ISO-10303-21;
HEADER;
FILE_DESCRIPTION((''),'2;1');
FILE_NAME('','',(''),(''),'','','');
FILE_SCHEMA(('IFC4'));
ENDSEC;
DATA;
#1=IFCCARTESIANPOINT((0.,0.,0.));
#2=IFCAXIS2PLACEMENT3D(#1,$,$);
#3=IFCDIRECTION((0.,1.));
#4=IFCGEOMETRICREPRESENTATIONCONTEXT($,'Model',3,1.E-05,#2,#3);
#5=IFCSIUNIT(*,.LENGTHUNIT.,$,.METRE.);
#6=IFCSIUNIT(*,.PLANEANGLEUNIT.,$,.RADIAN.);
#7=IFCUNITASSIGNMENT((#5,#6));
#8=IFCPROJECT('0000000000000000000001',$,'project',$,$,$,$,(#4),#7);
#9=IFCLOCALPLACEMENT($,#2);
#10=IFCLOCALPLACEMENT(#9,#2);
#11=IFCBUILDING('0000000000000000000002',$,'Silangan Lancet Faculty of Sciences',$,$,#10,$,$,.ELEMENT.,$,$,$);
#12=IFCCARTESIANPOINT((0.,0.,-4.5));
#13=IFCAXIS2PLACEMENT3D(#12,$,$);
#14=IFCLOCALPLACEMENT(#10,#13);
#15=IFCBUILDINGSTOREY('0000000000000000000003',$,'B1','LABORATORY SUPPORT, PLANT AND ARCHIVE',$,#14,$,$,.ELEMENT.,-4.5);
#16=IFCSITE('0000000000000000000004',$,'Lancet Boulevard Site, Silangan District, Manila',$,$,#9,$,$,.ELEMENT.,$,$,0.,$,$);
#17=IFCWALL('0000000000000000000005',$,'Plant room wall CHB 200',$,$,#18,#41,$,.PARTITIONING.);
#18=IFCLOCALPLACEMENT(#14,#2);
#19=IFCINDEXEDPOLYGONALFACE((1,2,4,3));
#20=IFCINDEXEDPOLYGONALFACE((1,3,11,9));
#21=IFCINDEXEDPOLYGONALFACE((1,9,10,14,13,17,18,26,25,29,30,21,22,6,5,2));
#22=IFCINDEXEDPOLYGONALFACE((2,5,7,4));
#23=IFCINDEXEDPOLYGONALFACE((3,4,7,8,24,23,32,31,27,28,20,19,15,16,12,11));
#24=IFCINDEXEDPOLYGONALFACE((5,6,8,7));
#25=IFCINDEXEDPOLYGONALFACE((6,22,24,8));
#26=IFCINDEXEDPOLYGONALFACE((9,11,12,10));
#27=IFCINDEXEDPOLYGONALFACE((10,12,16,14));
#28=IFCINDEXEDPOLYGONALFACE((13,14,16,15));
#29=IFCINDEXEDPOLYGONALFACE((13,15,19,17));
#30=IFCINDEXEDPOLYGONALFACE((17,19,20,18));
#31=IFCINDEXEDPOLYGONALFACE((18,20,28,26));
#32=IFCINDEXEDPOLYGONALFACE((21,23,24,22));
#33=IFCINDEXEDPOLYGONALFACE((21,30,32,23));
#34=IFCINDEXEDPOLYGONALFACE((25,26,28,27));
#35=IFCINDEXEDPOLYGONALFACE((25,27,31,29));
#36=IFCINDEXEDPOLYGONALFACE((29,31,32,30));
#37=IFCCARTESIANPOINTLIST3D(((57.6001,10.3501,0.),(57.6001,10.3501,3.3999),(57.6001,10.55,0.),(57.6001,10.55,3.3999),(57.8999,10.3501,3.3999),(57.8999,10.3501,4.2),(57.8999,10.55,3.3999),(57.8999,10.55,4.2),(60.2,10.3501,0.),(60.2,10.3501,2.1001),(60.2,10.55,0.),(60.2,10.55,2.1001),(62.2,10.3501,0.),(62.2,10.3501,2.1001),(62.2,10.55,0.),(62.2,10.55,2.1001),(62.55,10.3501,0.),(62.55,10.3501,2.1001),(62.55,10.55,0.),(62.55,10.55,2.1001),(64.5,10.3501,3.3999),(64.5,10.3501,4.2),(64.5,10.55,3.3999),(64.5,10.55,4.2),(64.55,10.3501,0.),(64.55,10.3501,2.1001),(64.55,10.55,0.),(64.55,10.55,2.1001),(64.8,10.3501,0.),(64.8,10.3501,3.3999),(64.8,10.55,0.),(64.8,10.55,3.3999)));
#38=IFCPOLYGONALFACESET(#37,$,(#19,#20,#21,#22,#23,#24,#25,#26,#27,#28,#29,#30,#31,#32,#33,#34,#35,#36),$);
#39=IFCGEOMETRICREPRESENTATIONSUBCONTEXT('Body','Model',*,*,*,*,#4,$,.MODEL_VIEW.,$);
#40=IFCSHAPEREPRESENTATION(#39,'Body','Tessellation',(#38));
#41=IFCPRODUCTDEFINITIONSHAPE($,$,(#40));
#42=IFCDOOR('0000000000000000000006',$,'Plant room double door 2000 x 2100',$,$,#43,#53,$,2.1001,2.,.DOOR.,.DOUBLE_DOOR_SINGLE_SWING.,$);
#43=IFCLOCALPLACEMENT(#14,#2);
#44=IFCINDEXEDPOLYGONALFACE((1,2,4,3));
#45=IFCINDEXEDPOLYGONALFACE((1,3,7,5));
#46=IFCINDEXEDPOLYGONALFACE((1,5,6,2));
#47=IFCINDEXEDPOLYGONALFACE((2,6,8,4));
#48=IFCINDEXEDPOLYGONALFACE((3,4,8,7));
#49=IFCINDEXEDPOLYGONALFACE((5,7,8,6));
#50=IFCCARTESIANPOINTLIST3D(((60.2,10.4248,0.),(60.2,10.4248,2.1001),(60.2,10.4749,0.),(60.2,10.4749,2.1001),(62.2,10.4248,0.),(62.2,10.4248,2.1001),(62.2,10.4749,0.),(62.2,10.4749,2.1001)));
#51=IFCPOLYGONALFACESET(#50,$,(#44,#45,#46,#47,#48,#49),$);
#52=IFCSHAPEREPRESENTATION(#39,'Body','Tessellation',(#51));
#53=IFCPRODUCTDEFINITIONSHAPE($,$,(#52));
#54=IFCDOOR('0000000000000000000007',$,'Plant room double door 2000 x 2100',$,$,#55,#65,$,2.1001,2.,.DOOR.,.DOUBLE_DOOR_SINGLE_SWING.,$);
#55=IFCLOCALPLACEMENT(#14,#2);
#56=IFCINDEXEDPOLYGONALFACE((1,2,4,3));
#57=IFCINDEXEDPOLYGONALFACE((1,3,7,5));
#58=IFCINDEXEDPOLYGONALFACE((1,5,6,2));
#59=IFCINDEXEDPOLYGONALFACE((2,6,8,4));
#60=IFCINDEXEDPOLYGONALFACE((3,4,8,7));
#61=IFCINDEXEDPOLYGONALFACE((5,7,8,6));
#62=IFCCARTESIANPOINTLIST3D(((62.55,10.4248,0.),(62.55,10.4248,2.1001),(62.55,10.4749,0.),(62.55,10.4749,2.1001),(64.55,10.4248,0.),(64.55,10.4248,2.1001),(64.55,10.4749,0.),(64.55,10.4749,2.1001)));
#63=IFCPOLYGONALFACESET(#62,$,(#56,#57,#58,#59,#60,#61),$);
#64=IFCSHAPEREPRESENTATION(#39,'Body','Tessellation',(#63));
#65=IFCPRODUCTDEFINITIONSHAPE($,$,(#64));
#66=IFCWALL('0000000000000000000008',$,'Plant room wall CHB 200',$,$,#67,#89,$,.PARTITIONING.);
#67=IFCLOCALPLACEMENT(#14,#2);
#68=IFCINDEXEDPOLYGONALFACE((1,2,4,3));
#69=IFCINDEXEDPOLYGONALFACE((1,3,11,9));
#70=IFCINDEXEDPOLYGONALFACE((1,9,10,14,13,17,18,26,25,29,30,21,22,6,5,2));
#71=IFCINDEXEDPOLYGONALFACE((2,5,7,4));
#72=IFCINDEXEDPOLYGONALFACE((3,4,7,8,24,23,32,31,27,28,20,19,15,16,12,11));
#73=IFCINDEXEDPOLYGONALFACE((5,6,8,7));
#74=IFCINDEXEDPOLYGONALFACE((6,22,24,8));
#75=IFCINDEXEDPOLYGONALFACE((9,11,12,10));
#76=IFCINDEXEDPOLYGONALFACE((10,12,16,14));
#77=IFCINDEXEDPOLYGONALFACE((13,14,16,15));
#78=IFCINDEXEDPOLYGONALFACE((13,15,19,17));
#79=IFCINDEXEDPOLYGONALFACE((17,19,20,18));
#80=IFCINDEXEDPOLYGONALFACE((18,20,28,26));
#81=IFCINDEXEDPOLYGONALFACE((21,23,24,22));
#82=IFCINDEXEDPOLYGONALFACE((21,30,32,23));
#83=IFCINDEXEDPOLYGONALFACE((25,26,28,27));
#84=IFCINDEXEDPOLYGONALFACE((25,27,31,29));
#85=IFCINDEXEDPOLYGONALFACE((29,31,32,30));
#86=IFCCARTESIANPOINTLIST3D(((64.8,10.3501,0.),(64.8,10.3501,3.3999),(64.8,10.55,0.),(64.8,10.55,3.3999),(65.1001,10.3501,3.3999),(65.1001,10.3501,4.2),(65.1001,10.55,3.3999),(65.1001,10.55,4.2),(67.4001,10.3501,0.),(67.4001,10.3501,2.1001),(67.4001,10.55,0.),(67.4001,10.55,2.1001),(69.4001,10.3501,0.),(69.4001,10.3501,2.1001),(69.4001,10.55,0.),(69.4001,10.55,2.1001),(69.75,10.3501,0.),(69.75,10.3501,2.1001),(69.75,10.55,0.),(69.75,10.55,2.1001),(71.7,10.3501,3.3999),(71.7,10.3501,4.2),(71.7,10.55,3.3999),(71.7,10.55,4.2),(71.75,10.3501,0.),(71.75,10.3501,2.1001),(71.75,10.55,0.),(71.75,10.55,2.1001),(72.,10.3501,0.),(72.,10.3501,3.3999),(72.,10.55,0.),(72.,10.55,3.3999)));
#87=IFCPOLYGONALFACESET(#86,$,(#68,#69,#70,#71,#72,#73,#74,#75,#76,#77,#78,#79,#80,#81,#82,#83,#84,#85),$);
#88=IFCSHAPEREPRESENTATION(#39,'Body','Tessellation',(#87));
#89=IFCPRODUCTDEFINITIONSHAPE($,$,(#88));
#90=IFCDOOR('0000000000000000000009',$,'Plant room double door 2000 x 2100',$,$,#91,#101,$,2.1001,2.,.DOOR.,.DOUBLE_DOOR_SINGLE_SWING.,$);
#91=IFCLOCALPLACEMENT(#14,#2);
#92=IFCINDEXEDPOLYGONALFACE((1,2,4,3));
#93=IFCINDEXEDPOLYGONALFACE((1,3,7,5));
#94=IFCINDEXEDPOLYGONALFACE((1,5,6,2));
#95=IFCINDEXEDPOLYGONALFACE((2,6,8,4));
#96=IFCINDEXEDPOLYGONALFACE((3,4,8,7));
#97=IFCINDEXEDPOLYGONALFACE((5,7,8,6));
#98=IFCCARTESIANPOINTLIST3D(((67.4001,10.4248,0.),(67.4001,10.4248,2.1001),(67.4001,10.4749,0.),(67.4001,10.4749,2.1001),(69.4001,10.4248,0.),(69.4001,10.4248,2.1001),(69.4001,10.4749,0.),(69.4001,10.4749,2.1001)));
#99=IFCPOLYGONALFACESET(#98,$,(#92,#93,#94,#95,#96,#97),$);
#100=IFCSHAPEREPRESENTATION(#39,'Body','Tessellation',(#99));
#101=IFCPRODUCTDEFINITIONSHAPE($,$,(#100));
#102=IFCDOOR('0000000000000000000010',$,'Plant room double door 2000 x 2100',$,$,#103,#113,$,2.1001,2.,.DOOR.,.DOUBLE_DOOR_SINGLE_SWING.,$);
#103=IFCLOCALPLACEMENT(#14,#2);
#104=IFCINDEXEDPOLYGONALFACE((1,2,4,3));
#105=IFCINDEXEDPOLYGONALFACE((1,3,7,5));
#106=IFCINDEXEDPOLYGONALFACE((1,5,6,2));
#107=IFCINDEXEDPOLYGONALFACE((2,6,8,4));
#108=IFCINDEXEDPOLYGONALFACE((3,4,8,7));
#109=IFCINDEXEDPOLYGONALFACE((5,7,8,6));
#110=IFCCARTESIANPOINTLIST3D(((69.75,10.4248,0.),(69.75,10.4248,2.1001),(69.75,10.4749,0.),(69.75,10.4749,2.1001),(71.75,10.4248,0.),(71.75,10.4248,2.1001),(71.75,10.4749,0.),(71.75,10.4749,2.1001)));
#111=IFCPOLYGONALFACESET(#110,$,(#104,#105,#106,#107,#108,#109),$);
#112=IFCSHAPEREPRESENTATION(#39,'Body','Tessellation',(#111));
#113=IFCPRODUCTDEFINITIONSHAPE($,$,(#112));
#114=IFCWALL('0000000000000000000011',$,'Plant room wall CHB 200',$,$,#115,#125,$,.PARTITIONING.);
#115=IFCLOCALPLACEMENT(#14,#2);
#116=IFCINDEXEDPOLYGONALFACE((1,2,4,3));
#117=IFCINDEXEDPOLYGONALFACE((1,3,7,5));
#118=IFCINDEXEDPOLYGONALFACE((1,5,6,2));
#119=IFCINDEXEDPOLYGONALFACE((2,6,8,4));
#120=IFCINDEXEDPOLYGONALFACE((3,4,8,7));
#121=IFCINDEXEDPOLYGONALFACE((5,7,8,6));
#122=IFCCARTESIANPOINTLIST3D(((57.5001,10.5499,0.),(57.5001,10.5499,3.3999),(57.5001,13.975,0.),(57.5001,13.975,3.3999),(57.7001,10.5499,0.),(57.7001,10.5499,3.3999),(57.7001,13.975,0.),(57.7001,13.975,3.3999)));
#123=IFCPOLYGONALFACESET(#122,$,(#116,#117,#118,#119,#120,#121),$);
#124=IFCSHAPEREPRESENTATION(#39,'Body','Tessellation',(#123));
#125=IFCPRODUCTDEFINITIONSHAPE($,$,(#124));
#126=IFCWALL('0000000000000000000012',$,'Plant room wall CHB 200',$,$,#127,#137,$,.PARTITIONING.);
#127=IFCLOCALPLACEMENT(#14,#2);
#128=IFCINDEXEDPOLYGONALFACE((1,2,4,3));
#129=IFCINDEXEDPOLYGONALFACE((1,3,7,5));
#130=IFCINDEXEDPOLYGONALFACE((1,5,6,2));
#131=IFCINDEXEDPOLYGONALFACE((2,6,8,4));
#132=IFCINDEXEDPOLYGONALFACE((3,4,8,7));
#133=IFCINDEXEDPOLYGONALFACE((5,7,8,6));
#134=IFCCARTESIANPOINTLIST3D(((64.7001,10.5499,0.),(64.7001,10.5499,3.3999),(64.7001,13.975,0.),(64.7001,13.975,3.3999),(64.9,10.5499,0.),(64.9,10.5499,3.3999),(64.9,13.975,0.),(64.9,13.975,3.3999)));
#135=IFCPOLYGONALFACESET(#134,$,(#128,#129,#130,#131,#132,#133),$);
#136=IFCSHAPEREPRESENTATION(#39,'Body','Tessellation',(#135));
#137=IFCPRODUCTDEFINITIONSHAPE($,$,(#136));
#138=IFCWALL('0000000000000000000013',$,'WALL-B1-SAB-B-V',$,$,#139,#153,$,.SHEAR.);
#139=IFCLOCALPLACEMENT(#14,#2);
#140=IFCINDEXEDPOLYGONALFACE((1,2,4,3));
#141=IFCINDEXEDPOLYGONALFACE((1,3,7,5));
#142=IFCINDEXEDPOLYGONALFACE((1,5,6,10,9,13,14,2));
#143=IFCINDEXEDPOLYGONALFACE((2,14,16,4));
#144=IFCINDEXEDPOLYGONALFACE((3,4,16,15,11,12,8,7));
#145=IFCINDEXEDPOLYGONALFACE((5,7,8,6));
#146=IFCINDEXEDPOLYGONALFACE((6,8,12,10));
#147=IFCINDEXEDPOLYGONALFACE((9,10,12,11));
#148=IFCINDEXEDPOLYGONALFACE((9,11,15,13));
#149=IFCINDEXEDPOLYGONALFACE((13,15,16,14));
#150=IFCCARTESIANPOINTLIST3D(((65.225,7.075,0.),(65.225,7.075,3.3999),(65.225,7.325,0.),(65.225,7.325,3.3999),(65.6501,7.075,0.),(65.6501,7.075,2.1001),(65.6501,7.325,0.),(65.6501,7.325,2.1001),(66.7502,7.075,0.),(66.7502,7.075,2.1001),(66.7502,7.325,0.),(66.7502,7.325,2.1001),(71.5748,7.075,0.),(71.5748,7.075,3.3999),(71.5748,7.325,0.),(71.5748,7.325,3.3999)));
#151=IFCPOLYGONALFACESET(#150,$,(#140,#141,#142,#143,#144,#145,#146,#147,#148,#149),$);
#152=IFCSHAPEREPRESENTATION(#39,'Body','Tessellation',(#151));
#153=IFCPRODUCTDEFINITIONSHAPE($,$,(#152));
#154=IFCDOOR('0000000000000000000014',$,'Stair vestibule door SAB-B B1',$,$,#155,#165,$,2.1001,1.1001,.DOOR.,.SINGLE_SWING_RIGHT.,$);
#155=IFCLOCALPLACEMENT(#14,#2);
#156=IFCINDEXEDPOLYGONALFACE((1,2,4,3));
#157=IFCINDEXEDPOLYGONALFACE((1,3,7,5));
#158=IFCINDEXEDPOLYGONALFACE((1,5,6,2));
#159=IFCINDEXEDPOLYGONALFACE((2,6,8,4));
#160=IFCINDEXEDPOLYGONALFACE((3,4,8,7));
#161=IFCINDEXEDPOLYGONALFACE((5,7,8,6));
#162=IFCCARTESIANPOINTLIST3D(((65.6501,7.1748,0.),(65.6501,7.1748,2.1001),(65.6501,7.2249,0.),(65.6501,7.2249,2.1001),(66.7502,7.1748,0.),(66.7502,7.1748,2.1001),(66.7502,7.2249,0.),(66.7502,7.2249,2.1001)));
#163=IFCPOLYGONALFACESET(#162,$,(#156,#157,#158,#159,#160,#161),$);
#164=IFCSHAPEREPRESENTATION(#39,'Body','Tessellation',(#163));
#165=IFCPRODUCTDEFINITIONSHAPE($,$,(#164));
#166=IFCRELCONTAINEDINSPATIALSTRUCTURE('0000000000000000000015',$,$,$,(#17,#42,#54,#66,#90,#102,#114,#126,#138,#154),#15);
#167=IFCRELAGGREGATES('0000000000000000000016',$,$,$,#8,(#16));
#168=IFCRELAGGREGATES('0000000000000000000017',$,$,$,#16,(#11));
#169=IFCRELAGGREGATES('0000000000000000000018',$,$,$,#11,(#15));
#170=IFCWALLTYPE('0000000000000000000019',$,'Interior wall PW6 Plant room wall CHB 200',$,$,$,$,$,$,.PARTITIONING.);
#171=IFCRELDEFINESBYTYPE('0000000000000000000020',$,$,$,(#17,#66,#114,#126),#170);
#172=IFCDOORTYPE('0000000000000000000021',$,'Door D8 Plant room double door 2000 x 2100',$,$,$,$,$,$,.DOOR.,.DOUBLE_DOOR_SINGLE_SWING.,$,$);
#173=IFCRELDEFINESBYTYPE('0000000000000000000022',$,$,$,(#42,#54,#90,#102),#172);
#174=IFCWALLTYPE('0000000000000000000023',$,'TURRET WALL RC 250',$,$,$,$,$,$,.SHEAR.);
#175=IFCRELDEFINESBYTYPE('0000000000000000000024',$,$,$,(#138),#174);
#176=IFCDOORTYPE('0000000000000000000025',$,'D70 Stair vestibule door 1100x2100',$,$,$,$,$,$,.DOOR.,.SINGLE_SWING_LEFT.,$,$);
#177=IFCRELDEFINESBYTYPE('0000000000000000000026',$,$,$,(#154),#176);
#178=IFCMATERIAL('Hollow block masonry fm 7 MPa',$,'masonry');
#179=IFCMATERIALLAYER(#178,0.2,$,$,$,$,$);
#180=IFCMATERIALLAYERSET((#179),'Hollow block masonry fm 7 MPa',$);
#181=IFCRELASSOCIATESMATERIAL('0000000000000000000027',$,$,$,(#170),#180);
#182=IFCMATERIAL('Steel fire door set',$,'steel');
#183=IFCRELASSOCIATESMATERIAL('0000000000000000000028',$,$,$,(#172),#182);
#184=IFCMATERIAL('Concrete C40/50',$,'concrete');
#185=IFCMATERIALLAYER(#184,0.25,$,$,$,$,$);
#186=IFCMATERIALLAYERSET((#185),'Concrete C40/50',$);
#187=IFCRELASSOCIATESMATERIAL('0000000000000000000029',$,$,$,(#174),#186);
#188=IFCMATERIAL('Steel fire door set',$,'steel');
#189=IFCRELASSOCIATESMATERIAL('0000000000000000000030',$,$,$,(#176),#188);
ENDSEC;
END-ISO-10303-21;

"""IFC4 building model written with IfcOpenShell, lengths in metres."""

from ifc_helpers import new_model, si_unit, direction, frame, frame_2d, origin, place, context, subcontext, project, spatial, polyline, rectangle, outline, extrude, material, layer, layer_set, type_object, element, fill, save


model = new_model("IFC4")

# Units and contexts
model_context = context("Model", 3, precision=1e-05, world=origin(), true_north=direction((0.0, 1.0)))
body_context = subcontext(model_context, "Body", "Model", "MODEL_VIEW")
ifc_project = project(units=[si_unit("LENGTHUNIT", "METRE"), si_unit("PLANEANGLEUNIT", "RADIAN")], contexts=[model_context])

# Site, building, storey
site_placement = place(None, origin())
site = spatial("IfcSite", under=ifc_project, at=site_placement, Name="Lancet Boulevard Site, Silangan District, Manila", CompositionType="ELEMENT", RefElevation=0.0)
building_placement = place(site_placement, origin())
building = spatial("IfcBuilding", under=site, at=building_placement, Name="Silangan Lancet Faculty of Sciences", CompositionType="ELEMENT")
storey_placement = place(building_placement, frame((0.0, 0.0, -4.5)))
storey = spatial("IfcBuildingStorey", under=building, at=storey_placement, Name="B1", Description="LABORATORY SUPPORT, PLANT AND ARCHIVE", CompositionType="ELEMENT", Elevation=-4.5)

# Walls, openings, doors
ifc_material_1 = material(Name="Hollow block masonry fm 7 MPa", Category="masonry")
ifc_layer_1 = layer(ifc_material_1, 0.2)
ifc_layer_set_1 = layer_set([ifc_layer_1], Name="Hollow block masonry fm 7 MPa")
wall_type_1 = type_object("IfcWallType", Name="Interior wall PW6 Plant room wall CHB 200", PredefinedType="PARTITIONING", material=ifc_layer_set_1)
wall_1_placement = place(storey_placement, frame((57.6001, 10.45, 0.0), z_axis=(0.0, 0.0, 1.0), x_axis=(1.0, 0.0, 0.0)))
wall_1 = element("IfcWall", 1, at=wall_1_placement, inside=storey, type_object=wall_type_1, Name="Plant room wall CHB 200", PredefinedType="PARTITIONING", context=body_context, shape_type="SweptSolid", body=[
    extrude(outline(polyline([(0.0, 0.0), (7.2, 0.0), (7.2, 3.3999), (6.8999, 3.3999), (6.8999, 4.2), (0.2998, 4.2), (0.2998, 3.3999), (0.0, 3.3999), (0.0, 0.0)])), frame((0.0, 0.1001, 0.0), z_axis=(0.0, -1.0, 0.0), x_axis=(1.0, 0.0, 0.0)), (0.0, 0.0, 1.0), 0.2),
])
opening_1_placement = place(wall_1_placement, frame((2.5999, 0.0, 0.0)))
opening_1 = element("IfcOpeningElement", 2, at=opening_1_placement, cuts=wall_1, PredefinedType="OPENING", context=body_context, shape_type="SweptSolid", body=[
    extrude(rectangle(XDim=2.0, YDim=2.1001, at=frame_2d((1.0, 1.05))), frame((0.0, 0.1099, 0.0), z_axis=(0.0, -1.0, 0.0), x_axis=(1.0, 0.0, 0.0)), (0.0, 0.0, 1.0), 0.22),
])
opening_2_placement = place(wall_1_placement, frame((4.95, 0.0, 0.0)))
opening_2 = element("IfcOpeningElement", 3, at=opening_2_placement, cuts=wall_1, PredefinedType="OPENING", context=body_context, shape_type="SweptSolid", body=[
    extrude(rectangle(XDim=2.0, YDim=2.1001, at=frame_2d((1.0, 1.05))), frame((0.0, 0.1099, 0.0), z_axis=(0.0, -1.0, 0.0), x_axis=(1.0, 0.0, 0.0)), (0.0, 0.0, 1.0), 0.22),
])
ifc_material_2 = material(Name="Steel fire door set", Category="steel")
door_type_1 = type_object("IfcDoorType", Name="Door D8 Plant room double door 2000 x 2100", OperationType="DOUBLE_DOOR_SINGLE_SWING", PredefinedType="DOOR", material=ifc_material_2)
door_1_placement = place(opening_1_placement, origin())
door_1 = element("IfcDoor", 4, at=door_1_placement, inside=storey, type_object=door_type_1, Name="Plant room double door 2000 x 2100", OperationType="DOUBLE_DOOR_SINGLE_SWING", OverallHeight=2.1001, OverallWidth=2.0, PredefinedType="DOOR", context=body_context, shape_type="SweptSolid", body=[
    extrude(rectangle(XDim=2.0, YDim=2.1001, at=frame_2d((1.0, 1.05))), frame((0.0, 0.0249, 0.0), z_axis=(0.0, -1.0, 0.0), x_axis=(1.0, 0.0, 0.0)), (0.0, 0.0, 1.0), 0.05),
])
fill(opening_1, door_1)
door_2_placement = place(opening_2_placement, origin())
door_2 = element("IfcDoor", 5, at=door_2_placement, inside=storey, type_object=door_type_1, Name="Plant room double door 2000 x 2100", OperationType="DOUBLE_DOOR_SINGLE_SWING", OverallHeight=2.1001, OverallWidth=2.0, PredefinedType="DOOR", context=body_context, shape_type="SweptSolid", body=[
    extrude(rectangle(XDim=2.0, YDim=2.1001, at=frame_2d((1.0, 1.05))), frame((0.0, 0.0249, 0.0), z_axis=(0.0, -1.0, 0.0), x_axis=(1.0, 0.0, 0.0)), (0.0, 0.0, 1.0), 0.05),
])
fill(opening_2, door_2)
wall_2_placement = place(storey_placement, frame((64.8, 10.45, 0.0), z_axis=(0.0, 0.0, 1.0), x_axis=(1.0, 0.0, 0.0)))
wall_2 = element("IfcWall", 6, at=wall_2_placement, inside=storey, type_object=wall_type_1, Name="Plant room wall CHB 200", PredefinedType="PARTITIONING", context=body_context, shape_type="SweptSolid", body=[
    extrude(outline(polyline([(0.0, 0.0), (7.2, 0.0), (7.2, 3.3999), (6.8999, 3.3999), (6.8999, 4.2), (0.3, 4.2), (0.3, 3.3999), (0.0, 3.3999), (0.0, 0.0)])), frame((0.0, 0.1001, 0.0), z_axis=(0.0, -1.0, 0.0), x_axis=(1.0, 0.0, 0.0)), (0.0, 0.0, 1.0), 0.2),
])
opening_3_placement = place(wall_2_placement, frame((2.6001, 0.0, 0.0)))
opening_3 = element("IfcOpeningElement", 7, at=opening_3_placement, cuts=wall_2, PredefinedType="OPENING", context=body_context, shape_type="SweptSolid", body=[
    extrude(rectangle(XDim=2.0, YDim=2.1001, at=frame_2d((1.0, 1.05))), frame((0.0, 0.1099, 0.0), z_axis=(0.0, -1.0, 0.0), x_axis=(1.0, 0.0, 0.0)), (0.0, 0.0, 1.0), 0.22),
])
opening_4_placement = place(wall_2_placement, frame((4.95, 0.0, 0.0)))
opening_4 = element("IfcOpeningElement", 8, at=opening_4_placement, cuts=wall_2, PredefinedType="OPENING", context=body_context, shape_type="SweptSolid", body=[
    extrude(rectangle(XDim=2.0, YDim=2.1001, at=frame_2d((1.0, 1.05))), frame((0.0, 0.1099, 0.0), z_axis=(0.0, -1.0, 0.0), x_axis=(1.0, 0.0, 0.0)), (0.0, 0.0, 1.0), 0.22),
])
door_3_placement = place(opening_3_placement, origin())
door_3 = element("IfcDoor", 9, at=door_3_placement, inside=storey, type_object=door_type_1, Name="Plant room double door 2000 x 2100", OperationType="DOUBLE_DOOR_SINGLE_SWING", OverallHeight=2.1001, OverallWidth=2.0, PredefinedType="DOOR", context=body_context, shape_type="SweptSolid", body=[
    extrude(rectangle(XDim=2.0, YDim=2.1001, at=frame_2d((1.0, 1.05))), frame((0.0, 0.0249, 0.0), z_axis=(0.0, -1.0, 0.0), x_axis=(1.0, 0.0, 0.0)), (0.0, 0.0, 1.0), 0.05),
])
fill(opening_3, door_3)
door_4_placement = place(opening_4_placement, origin())
door_4 = element("IfcDoor", 10, at=door_4_placement, inside=storey, type_object=door_type_1, Name="Plant room double door 2000 x 2100", OperationType="DOUBLE_DOOR_SINGLE_SWING", OverallHeight=2.1001, OverallWidth=2.0, PredefinedType="DOOR", context=body_context, shape_type="SweptSolid", body=[
    extrude(rectangle(XDim=2.0, YDim=2.1001, at=frame_2d((1.0, 1.05))), frame((0.0, 0.0249, 0.0), z_axis=(0.0, -1.0, 0.0), x_axis=(1.0, 0.0, 0.0)), (0.0, 0.0, 1.0), 0.05),
])
fill(opening_4, door_4)

# Walls
for number, where, z_axis, x_axis, name in (
    (11, (57.6001, 10.55, 0.0), (0.0, 0.0, 1.0), (0.0, 1.0, 0.0), "Plant room wall CHB 200"),
    (12, (64.8, 10.55, 0.0), (0.0, 0.0, 1.0), (0.0, 1.0, 0.0), "Plant room wall CHB 200"),
):
    element("IfcWall", number, at=place(storey_placement, frame(where, z_axis=z_axis, x_axis=x_axis)), inside=storey, type_object=wall_type_1, Name=name, PredefinedType="PARTITIONING", context=body_context, shape_type="SweptSolid", body=[
        extrude(rectangle(XDim=3.425, YDim=0.2, at=frame_2d((1.7124, 0.0))), origin(), (0.0, 0.0, 1.0), 3.3999),
    ])

# Wall, opening, door
ifc_material_3 = material(Name="Concrete C40/50", Category="concrete")
ifc_layer_2 = layer(ifc_material_3, 0.25)
ifc_layer_set_2 = layer_set([ifc_layer_2], Name="Concrete C40/50")
wall_type_2 = type_object("IfcWallType", Name="TURRET WALL RC 250", PredefinedType="SHEAR", material=ifc_layer_set_2)
wall_3_placement = place(storey_placement, frame((65.2251, 7.2, 0.0), z_axis=(0.0, 0.0, 1.0), x_axis=(1.0, 0.0, 0.0)))
wall_3 = element("IfcWall", 13, at=wall_3_placement, inside=storey, type_object=wall_type_2, Name="WALL-B1-SAB-B-V", PredefinedType="SHEAR", context=body_context, shape_type="SweptSolid", body=[
    extrude(rectangle(XDim=6.3499, YDim=0.25, at=frame_2d((3.1748, 0.0))), origin(), (0.0, 0.0, 1.0), 3.3999),
])
opening_5_placement = place(wall_3_placement, frame((0.425, 0.0, 0.0)))
opening_5 = element("IfcOpeningElement", 14, at=opening_5_placement, cuts=wall_3, PredefinedType="OPENING", context=body_context, shape_type="SweptSolid", body=[
    extrude(rectangle(XDim=1.1001, YDim=2.1001, at=frame_2d((0.55, 1.05))), frame((0.0, 0.135, 0.0), z_axis=(0.0, -1.0, 0.0), x_axis=(1.0, 0.0, 0.0)), (0.0, 0.0, 1.0), 0.27),
])
ifc_material_4 = material(Name="Steel fire door set", Category="steel")
door_type_2 = type_object("IfcDoorType", Name="D70 Stair vestibule door 1100x2100", OperationType="SINGLE_SWING_LEFT", PredefinedType="DOOR", material=ifc_material_4)
door_5_placement = place(opening_5_placement, frame((1.1001, 0.0, 0.0), z_axis=(0.0, 0.0, 1.0), x_axis=(-1.0, 0.0, 0.0)))
door_5 = element("IfcDoor", 15, at=door_5_placement, inside=storey, type_object=door_type_2, Name="Stair vestibule door SAB-B B1", OperationType="SINGLE_SWING_RIGHT", OverallHeight=2.1001, OverallWidth=1.1001, PredefinedType="DOOR", context=body_context, shape_type="SweptSolid", body=[
    extrude(rectangle(XDim=1.1001, YDim=2.1001, at=frame_2d((0.55, 1.05))), frame((0.0, 0.0251, 0.0), z_axis=(0.0, -1.0, 0.0), x_axis=(1.0, 0.0, 0.0)), (0.0, 0.0, 1.0), 0.05),
])
fill(opening_5, door_5)

save(model, "model.ifc")
